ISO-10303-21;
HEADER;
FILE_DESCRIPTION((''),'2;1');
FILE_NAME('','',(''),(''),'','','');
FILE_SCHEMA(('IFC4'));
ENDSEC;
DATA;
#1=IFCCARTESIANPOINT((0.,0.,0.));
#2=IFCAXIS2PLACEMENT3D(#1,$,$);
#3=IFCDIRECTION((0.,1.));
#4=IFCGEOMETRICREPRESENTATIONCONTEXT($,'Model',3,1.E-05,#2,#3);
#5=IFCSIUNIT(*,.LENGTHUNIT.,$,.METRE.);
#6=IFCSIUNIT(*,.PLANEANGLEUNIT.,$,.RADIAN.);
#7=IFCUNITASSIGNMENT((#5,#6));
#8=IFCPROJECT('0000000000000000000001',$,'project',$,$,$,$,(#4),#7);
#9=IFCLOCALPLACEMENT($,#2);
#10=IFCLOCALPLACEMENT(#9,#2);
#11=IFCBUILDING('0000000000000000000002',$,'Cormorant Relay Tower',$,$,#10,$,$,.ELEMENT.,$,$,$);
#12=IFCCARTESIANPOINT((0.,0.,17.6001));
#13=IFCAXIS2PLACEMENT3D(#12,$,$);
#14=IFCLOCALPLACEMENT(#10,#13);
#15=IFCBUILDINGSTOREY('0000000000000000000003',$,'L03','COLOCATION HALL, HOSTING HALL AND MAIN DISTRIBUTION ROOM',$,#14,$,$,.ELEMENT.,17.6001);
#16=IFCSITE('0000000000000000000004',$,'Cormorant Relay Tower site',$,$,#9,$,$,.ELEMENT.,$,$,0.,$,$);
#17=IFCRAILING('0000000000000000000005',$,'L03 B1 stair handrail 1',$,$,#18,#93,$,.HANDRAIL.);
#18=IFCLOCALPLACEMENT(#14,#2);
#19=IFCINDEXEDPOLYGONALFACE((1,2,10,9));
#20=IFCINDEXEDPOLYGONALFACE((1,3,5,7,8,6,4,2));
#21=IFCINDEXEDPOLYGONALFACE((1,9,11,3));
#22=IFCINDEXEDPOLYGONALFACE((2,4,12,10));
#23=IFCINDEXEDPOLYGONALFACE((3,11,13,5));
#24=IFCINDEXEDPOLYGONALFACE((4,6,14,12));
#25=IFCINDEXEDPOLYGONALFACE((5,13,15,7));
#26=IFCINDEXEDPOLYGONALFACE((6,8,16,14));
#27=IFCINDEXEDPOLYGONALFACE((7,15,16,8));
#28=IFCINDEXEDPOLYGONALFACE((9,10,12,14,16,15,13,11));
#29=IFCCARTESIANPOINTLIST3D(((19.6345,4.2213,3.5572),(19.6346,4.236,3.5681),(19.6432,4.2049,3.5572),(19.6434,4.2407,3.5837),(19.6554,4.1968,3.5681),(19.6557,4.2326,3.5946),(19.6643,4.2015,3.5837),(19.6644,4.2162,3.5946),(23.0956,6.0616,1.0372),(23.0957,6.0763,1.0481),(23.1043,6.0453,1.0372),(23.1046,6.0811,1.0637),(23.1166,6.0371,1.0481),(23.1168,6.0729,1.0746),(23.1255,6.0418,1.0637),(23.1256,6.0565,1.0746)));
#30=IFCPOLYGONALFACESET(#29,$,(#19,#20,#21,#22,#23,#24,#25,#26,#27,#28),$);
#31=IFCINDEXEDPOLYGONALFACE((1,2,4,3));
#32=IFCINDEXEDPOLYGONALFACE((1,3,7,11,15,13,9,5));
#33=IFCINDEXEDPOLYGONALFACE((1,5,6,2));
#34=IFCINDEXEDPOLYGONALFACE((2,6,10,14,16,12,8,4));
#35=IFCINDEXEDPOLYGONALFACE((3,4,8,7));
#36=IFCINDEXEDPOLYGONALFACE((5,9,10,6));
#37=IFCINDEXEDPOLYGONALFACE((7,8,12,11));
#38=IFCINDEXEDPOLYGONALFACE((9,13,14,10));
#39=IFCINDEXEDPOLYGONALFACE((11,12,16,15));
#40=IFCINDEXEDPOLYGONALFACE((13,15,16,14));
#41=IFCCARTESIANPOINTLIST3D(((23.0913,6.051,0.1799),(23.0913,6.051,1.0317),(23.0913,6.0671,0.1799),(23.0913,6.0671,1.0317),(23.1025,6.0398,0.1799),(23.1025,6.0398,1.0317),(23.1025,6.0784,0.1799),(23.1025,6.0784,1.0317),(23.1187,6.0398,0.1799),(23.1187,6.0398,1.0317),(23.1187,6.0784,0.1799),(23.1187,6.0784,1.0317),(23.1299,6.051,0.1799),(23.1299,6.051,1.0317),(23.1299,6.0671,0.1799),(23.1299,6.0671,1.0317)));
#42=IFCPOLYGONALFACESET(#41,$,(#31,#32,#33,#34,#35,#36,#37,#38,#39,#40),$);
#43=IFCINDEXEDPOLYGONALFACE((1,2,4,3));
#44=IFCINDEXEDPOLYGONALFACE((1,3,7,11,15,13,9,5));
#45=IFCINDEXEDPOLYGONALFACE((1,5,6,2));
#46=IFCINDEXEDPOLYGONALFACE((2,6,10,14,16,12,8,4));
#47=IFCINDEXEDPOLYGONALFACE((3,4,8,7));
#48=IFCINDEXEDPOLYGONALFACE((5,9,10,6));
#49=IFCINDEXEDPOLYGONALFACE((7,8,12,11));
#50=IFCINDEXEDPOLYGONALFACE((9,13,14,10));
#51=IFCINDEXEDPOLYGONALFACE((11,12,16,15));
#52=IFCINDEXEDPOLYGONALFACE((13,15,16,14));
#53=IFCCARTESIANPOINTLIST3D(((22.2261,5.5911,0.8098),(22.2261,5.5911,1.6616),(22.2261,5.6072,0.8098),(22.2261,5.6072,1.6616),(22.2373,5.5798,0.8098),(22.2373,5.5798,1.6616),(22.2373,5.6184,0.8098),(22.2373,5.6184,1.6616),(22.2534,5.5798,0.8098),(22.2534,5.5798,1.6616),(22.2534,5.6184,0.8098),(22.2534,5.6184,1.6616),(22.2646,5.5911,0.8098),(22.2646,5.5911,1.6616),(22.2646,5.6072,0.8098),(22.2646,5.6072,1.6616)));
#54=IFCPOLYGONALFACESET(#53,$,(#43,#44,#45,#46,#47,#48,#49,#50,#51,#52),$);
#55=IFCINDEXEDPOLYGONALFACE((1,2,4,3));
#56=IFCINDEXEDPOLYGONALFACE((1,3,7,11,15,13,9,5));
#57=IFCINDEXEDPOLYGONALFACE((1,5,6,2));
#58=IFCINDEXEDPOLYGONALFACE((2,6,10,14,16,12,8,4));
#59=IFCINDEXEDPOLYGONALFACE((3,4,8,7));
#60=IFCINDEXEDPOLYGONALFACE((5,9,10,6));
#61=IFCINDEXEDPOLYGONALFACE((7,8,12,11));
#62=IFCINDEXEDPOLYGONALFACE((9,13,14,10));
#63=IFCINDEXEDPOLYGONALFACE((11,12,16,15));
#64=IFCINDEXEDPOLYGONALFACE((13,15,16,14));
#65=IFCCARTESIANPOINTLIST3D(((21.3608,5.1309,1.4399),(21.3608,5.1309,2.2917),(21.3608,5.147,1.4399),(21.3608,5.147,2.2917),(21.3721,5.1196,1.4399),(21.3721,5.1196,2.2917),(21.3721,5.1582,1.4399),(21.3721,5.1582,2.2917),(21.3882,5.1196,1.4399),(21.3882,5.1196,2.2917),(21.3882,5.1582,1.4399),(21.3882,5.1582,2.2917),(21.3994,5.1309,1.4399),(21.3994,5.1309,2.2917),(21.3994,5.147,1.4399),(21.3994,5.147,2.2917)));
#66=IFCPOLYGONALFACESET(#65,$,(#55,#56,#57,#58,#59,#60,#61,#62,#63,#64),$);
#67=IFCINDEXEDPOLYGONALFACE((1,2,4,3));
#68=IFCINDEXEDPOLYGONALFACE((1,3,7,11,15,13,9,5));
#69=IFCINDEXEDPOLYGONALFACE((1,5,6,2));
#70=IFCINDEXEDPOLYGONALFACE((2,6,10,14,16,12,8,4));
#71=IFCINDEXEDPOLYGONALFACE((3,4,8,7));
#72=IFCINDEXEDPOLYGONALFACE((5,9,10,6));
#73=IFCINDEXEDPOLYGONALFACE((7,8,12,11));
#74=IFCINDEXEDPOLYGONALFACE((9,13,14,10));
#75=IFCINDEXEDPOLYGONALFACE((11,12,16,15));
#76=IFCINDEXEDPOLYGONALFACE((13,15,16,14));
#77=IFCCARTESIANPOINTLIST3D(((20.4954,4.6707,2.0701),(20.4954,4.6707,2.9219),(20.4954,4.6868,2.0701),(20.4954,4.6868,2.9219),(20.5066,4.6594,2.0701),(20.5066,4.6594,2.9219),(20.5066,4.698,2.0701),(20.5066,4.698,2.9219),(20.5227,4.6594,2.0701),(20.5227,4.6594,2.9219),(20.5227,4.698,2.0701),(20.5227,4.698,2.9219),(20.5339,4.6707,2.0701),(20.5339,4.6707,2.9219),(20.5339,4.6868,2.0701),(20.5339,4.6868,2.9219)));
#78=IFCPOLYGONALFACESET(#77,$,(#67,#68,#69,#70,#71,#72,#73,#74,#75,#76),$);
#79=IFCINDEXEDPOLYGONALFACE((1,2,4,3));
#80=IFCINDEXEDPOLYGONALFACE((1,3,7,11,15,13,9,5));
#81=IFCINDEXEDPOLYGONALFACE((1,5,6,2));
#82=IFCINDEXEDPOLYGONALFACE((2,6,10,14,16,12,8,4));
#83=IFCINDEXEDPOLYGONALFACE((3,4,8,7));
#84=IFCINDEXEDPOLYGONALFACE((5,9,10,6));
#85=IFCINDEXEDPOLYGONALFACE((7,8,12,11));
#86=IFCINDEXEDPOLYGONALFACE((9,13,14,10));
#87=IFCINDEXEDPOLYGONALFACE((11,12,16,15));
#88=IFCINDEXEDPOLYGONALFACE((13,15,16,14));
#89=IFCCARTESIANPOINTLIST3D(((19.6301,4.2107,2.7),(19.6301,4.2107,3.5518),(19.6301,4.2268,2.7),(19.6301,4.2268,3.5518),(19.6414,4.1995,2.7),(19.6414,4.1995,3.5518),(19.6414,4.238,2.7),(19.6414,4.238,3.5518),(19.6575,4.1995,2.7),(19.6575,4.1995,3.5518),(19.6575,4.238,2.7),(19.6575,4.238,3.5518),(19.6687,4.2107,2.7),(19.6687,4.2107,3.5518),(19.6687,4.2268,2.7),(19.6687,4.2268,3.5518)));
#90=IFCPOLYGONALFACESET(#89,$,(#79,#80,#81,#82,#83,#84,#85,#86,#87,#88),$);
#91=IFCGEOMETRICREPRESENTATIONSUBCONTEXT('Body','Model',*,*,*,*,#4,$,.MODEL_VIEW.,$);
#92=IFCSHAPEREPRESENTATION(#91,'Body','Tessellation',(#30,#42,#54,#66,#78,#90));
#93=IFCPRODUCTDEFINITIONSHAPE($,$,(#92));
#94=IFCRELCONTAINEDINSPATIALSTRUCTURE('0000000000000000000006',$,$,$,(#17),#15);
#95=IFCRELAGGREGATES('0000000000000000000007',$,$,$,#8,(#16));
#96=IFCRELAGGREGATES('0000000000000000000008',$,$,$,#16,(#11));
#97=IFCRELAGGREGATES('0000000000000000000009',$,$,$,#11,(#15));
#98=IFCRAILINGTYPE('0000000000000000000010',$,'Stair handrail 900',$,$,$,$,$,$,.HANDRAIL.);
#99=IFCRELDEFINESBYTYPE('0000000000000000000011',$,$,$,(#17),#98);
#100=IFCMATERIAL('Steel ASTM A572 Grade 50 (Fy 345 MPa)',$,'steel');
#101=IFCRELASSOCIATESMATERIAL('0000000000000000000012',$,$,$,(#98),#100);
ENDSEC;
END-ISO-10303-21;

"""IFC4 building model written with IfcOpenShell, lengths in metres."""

from ifc_helpers import new_model, si_unit, direction, frame, origin, place, context, subcontext, project, spatial, polyline, outline, extrude, material, type_object, element, save


model = new_model("IFC4")

# Units and contexts
model_context = context("Model", 3, precision=1e-05, world=origin(), true_north=direction((0.0, 1.0)))
body_context = subcontext(model_context, "Body", "Model", "MODEL_VIEW")
ifc_project = project(units=[si_unit("LENGTHUNIT", "METRE"), si_unit("PLANEANGLEUNIT", "RADIAN")], contexts=[model_context])

# Site, building, storey
site_placement = place(None, origin())
site = spatial("IfcSite", under=ifc_project, at=site_placement, Name="Cormorant Relay Tower site", CompositionType="ELEMENT", RefElevation=0.0)
building_placement = place(site_placement, origin())
building = spatial("IfcBuilding", under=site, at=building_placement, Name="Cormorant Relay Tower", CompositionType="ELEMENT")
storey_placement = place(building_placement, frame((0.0, 0.0, 17.6001)))
storey = spatial("IfcBuildingStorey", under=building, at=storey_placement, Name="L03", Description="COLOCATION HALL, HOSTING HALL AND MAIN DISTRIBUTION ROOM", CompositionType="ELEMENT", Elevation=17.6001)

# Railing
ifc_material_1 = material(Name="Steel ASTM A572 Grade 50 (Fy 345 MPa)", Category="steel")
railing_type_1 = type_object("IfcRailingType", Name="Stair handrail 900", PredefinedType="HANDRAIL", material=ifc_material_1)
railing_1_placement = place(storey_placement, frame((23.1106, 6.0591, 0.1799)))
element("IfcRailing", 1, at=railing_1_placement, inside=storey, type_object=railing_type_1, Name="L03 B1 stair handrail 1", PredefinedType="HANDRAIL", context=body_context, shape_type="SweptSolid", body=[
    extrude(outline(polyline([(0.0222, 0.0093), (0.0093, 0.0222), (-0.0093, 0.0222), (-0.0222, 0.0093), (-0.0222, -0.0093), (-0.0093, -0.0222), (0.0093, -0.0222), (0.0222, -0.0093), (0.0222, 0.0093)])), frame((0.0, 0.0, 0.876), z_axis=(-0.742717, -0.394907, 0.540758), x_axis=(0.469469, -0.882949, 0.0)), (0.0, 0.0, 1.0), 4.6602),
    extrude(outline(polyline([(0.0193, 0.0081), (0.0081, 0.0193), (-0.0081, 0.0193), (-0.0193, 0.0081), (-0.0193, -0.0081), (-0.0081, -0.0193), (0.0081, -0.0193), (0.0193, -0.0081), (0.0193, 0.0081)])), origin(), (0.0, 0.0, 1.0), 0.8518),
    extrude(outline(polyline([(0.0193, 0.0081), (0.0081, 0.0193), (-0.0081, 0.0193), (-0.0193, 0.0081), (-0.0193, -0.0081), (-0.0081, -0.0193), (0.0081, -0.0193), (0.0193, -0.0081), (0.0193, 0.0081)])), frame((-0.8652, -0.46, 0.6299)), (0.0, 0.0, 1.0), 0.8518),
    extrude(outline(polyline([(0.0193, 0.0081), (0.0081, 0.0193), (-0.0081, 0.0193), (-0.0193, 0.0081), (-0.0193, -0.0081), (-0.0081, -0.0193), (0.0081, -0.0193), (0.0193, -0.0081), (0.0193, 0.0081)])), frame((-1.7305, -0.9202, 1.26)), (0.0, 0.0, 1.0), 0.8518),
    extrude(outline(polyline([(0.0193, 0.0081), (0.0081, 0.0193), (-0.0081, 0.0193), (-0.0193, 0.0081), (-0.0193, -0.0081), (-0.0081, -0.0193), (0.0081, -0.0193), (0.0193, -0.0081), (0.0193, 0.0081)])), frame((-2.5959, -1.3804, 1.8901)), (0.0, 0.0, 1.0), 0.8518),
    extrude(outline(polyline([(0.0193, 0.0081), (0.0081, 0.0193), (-0.0081, 0.0193), (-0.0193, 0.0081), (-0.0193, -0.0081), (-0.0081, -0.0193), (0.0081, -0.0193), (0.0193, -0.0081), (0.0193, 0.0081)])), frame((-3.4612, -1.8403, 2.52)), (0.0, 0.0, 1.0), 0.8518),
])

save(model, "model.ifc")
